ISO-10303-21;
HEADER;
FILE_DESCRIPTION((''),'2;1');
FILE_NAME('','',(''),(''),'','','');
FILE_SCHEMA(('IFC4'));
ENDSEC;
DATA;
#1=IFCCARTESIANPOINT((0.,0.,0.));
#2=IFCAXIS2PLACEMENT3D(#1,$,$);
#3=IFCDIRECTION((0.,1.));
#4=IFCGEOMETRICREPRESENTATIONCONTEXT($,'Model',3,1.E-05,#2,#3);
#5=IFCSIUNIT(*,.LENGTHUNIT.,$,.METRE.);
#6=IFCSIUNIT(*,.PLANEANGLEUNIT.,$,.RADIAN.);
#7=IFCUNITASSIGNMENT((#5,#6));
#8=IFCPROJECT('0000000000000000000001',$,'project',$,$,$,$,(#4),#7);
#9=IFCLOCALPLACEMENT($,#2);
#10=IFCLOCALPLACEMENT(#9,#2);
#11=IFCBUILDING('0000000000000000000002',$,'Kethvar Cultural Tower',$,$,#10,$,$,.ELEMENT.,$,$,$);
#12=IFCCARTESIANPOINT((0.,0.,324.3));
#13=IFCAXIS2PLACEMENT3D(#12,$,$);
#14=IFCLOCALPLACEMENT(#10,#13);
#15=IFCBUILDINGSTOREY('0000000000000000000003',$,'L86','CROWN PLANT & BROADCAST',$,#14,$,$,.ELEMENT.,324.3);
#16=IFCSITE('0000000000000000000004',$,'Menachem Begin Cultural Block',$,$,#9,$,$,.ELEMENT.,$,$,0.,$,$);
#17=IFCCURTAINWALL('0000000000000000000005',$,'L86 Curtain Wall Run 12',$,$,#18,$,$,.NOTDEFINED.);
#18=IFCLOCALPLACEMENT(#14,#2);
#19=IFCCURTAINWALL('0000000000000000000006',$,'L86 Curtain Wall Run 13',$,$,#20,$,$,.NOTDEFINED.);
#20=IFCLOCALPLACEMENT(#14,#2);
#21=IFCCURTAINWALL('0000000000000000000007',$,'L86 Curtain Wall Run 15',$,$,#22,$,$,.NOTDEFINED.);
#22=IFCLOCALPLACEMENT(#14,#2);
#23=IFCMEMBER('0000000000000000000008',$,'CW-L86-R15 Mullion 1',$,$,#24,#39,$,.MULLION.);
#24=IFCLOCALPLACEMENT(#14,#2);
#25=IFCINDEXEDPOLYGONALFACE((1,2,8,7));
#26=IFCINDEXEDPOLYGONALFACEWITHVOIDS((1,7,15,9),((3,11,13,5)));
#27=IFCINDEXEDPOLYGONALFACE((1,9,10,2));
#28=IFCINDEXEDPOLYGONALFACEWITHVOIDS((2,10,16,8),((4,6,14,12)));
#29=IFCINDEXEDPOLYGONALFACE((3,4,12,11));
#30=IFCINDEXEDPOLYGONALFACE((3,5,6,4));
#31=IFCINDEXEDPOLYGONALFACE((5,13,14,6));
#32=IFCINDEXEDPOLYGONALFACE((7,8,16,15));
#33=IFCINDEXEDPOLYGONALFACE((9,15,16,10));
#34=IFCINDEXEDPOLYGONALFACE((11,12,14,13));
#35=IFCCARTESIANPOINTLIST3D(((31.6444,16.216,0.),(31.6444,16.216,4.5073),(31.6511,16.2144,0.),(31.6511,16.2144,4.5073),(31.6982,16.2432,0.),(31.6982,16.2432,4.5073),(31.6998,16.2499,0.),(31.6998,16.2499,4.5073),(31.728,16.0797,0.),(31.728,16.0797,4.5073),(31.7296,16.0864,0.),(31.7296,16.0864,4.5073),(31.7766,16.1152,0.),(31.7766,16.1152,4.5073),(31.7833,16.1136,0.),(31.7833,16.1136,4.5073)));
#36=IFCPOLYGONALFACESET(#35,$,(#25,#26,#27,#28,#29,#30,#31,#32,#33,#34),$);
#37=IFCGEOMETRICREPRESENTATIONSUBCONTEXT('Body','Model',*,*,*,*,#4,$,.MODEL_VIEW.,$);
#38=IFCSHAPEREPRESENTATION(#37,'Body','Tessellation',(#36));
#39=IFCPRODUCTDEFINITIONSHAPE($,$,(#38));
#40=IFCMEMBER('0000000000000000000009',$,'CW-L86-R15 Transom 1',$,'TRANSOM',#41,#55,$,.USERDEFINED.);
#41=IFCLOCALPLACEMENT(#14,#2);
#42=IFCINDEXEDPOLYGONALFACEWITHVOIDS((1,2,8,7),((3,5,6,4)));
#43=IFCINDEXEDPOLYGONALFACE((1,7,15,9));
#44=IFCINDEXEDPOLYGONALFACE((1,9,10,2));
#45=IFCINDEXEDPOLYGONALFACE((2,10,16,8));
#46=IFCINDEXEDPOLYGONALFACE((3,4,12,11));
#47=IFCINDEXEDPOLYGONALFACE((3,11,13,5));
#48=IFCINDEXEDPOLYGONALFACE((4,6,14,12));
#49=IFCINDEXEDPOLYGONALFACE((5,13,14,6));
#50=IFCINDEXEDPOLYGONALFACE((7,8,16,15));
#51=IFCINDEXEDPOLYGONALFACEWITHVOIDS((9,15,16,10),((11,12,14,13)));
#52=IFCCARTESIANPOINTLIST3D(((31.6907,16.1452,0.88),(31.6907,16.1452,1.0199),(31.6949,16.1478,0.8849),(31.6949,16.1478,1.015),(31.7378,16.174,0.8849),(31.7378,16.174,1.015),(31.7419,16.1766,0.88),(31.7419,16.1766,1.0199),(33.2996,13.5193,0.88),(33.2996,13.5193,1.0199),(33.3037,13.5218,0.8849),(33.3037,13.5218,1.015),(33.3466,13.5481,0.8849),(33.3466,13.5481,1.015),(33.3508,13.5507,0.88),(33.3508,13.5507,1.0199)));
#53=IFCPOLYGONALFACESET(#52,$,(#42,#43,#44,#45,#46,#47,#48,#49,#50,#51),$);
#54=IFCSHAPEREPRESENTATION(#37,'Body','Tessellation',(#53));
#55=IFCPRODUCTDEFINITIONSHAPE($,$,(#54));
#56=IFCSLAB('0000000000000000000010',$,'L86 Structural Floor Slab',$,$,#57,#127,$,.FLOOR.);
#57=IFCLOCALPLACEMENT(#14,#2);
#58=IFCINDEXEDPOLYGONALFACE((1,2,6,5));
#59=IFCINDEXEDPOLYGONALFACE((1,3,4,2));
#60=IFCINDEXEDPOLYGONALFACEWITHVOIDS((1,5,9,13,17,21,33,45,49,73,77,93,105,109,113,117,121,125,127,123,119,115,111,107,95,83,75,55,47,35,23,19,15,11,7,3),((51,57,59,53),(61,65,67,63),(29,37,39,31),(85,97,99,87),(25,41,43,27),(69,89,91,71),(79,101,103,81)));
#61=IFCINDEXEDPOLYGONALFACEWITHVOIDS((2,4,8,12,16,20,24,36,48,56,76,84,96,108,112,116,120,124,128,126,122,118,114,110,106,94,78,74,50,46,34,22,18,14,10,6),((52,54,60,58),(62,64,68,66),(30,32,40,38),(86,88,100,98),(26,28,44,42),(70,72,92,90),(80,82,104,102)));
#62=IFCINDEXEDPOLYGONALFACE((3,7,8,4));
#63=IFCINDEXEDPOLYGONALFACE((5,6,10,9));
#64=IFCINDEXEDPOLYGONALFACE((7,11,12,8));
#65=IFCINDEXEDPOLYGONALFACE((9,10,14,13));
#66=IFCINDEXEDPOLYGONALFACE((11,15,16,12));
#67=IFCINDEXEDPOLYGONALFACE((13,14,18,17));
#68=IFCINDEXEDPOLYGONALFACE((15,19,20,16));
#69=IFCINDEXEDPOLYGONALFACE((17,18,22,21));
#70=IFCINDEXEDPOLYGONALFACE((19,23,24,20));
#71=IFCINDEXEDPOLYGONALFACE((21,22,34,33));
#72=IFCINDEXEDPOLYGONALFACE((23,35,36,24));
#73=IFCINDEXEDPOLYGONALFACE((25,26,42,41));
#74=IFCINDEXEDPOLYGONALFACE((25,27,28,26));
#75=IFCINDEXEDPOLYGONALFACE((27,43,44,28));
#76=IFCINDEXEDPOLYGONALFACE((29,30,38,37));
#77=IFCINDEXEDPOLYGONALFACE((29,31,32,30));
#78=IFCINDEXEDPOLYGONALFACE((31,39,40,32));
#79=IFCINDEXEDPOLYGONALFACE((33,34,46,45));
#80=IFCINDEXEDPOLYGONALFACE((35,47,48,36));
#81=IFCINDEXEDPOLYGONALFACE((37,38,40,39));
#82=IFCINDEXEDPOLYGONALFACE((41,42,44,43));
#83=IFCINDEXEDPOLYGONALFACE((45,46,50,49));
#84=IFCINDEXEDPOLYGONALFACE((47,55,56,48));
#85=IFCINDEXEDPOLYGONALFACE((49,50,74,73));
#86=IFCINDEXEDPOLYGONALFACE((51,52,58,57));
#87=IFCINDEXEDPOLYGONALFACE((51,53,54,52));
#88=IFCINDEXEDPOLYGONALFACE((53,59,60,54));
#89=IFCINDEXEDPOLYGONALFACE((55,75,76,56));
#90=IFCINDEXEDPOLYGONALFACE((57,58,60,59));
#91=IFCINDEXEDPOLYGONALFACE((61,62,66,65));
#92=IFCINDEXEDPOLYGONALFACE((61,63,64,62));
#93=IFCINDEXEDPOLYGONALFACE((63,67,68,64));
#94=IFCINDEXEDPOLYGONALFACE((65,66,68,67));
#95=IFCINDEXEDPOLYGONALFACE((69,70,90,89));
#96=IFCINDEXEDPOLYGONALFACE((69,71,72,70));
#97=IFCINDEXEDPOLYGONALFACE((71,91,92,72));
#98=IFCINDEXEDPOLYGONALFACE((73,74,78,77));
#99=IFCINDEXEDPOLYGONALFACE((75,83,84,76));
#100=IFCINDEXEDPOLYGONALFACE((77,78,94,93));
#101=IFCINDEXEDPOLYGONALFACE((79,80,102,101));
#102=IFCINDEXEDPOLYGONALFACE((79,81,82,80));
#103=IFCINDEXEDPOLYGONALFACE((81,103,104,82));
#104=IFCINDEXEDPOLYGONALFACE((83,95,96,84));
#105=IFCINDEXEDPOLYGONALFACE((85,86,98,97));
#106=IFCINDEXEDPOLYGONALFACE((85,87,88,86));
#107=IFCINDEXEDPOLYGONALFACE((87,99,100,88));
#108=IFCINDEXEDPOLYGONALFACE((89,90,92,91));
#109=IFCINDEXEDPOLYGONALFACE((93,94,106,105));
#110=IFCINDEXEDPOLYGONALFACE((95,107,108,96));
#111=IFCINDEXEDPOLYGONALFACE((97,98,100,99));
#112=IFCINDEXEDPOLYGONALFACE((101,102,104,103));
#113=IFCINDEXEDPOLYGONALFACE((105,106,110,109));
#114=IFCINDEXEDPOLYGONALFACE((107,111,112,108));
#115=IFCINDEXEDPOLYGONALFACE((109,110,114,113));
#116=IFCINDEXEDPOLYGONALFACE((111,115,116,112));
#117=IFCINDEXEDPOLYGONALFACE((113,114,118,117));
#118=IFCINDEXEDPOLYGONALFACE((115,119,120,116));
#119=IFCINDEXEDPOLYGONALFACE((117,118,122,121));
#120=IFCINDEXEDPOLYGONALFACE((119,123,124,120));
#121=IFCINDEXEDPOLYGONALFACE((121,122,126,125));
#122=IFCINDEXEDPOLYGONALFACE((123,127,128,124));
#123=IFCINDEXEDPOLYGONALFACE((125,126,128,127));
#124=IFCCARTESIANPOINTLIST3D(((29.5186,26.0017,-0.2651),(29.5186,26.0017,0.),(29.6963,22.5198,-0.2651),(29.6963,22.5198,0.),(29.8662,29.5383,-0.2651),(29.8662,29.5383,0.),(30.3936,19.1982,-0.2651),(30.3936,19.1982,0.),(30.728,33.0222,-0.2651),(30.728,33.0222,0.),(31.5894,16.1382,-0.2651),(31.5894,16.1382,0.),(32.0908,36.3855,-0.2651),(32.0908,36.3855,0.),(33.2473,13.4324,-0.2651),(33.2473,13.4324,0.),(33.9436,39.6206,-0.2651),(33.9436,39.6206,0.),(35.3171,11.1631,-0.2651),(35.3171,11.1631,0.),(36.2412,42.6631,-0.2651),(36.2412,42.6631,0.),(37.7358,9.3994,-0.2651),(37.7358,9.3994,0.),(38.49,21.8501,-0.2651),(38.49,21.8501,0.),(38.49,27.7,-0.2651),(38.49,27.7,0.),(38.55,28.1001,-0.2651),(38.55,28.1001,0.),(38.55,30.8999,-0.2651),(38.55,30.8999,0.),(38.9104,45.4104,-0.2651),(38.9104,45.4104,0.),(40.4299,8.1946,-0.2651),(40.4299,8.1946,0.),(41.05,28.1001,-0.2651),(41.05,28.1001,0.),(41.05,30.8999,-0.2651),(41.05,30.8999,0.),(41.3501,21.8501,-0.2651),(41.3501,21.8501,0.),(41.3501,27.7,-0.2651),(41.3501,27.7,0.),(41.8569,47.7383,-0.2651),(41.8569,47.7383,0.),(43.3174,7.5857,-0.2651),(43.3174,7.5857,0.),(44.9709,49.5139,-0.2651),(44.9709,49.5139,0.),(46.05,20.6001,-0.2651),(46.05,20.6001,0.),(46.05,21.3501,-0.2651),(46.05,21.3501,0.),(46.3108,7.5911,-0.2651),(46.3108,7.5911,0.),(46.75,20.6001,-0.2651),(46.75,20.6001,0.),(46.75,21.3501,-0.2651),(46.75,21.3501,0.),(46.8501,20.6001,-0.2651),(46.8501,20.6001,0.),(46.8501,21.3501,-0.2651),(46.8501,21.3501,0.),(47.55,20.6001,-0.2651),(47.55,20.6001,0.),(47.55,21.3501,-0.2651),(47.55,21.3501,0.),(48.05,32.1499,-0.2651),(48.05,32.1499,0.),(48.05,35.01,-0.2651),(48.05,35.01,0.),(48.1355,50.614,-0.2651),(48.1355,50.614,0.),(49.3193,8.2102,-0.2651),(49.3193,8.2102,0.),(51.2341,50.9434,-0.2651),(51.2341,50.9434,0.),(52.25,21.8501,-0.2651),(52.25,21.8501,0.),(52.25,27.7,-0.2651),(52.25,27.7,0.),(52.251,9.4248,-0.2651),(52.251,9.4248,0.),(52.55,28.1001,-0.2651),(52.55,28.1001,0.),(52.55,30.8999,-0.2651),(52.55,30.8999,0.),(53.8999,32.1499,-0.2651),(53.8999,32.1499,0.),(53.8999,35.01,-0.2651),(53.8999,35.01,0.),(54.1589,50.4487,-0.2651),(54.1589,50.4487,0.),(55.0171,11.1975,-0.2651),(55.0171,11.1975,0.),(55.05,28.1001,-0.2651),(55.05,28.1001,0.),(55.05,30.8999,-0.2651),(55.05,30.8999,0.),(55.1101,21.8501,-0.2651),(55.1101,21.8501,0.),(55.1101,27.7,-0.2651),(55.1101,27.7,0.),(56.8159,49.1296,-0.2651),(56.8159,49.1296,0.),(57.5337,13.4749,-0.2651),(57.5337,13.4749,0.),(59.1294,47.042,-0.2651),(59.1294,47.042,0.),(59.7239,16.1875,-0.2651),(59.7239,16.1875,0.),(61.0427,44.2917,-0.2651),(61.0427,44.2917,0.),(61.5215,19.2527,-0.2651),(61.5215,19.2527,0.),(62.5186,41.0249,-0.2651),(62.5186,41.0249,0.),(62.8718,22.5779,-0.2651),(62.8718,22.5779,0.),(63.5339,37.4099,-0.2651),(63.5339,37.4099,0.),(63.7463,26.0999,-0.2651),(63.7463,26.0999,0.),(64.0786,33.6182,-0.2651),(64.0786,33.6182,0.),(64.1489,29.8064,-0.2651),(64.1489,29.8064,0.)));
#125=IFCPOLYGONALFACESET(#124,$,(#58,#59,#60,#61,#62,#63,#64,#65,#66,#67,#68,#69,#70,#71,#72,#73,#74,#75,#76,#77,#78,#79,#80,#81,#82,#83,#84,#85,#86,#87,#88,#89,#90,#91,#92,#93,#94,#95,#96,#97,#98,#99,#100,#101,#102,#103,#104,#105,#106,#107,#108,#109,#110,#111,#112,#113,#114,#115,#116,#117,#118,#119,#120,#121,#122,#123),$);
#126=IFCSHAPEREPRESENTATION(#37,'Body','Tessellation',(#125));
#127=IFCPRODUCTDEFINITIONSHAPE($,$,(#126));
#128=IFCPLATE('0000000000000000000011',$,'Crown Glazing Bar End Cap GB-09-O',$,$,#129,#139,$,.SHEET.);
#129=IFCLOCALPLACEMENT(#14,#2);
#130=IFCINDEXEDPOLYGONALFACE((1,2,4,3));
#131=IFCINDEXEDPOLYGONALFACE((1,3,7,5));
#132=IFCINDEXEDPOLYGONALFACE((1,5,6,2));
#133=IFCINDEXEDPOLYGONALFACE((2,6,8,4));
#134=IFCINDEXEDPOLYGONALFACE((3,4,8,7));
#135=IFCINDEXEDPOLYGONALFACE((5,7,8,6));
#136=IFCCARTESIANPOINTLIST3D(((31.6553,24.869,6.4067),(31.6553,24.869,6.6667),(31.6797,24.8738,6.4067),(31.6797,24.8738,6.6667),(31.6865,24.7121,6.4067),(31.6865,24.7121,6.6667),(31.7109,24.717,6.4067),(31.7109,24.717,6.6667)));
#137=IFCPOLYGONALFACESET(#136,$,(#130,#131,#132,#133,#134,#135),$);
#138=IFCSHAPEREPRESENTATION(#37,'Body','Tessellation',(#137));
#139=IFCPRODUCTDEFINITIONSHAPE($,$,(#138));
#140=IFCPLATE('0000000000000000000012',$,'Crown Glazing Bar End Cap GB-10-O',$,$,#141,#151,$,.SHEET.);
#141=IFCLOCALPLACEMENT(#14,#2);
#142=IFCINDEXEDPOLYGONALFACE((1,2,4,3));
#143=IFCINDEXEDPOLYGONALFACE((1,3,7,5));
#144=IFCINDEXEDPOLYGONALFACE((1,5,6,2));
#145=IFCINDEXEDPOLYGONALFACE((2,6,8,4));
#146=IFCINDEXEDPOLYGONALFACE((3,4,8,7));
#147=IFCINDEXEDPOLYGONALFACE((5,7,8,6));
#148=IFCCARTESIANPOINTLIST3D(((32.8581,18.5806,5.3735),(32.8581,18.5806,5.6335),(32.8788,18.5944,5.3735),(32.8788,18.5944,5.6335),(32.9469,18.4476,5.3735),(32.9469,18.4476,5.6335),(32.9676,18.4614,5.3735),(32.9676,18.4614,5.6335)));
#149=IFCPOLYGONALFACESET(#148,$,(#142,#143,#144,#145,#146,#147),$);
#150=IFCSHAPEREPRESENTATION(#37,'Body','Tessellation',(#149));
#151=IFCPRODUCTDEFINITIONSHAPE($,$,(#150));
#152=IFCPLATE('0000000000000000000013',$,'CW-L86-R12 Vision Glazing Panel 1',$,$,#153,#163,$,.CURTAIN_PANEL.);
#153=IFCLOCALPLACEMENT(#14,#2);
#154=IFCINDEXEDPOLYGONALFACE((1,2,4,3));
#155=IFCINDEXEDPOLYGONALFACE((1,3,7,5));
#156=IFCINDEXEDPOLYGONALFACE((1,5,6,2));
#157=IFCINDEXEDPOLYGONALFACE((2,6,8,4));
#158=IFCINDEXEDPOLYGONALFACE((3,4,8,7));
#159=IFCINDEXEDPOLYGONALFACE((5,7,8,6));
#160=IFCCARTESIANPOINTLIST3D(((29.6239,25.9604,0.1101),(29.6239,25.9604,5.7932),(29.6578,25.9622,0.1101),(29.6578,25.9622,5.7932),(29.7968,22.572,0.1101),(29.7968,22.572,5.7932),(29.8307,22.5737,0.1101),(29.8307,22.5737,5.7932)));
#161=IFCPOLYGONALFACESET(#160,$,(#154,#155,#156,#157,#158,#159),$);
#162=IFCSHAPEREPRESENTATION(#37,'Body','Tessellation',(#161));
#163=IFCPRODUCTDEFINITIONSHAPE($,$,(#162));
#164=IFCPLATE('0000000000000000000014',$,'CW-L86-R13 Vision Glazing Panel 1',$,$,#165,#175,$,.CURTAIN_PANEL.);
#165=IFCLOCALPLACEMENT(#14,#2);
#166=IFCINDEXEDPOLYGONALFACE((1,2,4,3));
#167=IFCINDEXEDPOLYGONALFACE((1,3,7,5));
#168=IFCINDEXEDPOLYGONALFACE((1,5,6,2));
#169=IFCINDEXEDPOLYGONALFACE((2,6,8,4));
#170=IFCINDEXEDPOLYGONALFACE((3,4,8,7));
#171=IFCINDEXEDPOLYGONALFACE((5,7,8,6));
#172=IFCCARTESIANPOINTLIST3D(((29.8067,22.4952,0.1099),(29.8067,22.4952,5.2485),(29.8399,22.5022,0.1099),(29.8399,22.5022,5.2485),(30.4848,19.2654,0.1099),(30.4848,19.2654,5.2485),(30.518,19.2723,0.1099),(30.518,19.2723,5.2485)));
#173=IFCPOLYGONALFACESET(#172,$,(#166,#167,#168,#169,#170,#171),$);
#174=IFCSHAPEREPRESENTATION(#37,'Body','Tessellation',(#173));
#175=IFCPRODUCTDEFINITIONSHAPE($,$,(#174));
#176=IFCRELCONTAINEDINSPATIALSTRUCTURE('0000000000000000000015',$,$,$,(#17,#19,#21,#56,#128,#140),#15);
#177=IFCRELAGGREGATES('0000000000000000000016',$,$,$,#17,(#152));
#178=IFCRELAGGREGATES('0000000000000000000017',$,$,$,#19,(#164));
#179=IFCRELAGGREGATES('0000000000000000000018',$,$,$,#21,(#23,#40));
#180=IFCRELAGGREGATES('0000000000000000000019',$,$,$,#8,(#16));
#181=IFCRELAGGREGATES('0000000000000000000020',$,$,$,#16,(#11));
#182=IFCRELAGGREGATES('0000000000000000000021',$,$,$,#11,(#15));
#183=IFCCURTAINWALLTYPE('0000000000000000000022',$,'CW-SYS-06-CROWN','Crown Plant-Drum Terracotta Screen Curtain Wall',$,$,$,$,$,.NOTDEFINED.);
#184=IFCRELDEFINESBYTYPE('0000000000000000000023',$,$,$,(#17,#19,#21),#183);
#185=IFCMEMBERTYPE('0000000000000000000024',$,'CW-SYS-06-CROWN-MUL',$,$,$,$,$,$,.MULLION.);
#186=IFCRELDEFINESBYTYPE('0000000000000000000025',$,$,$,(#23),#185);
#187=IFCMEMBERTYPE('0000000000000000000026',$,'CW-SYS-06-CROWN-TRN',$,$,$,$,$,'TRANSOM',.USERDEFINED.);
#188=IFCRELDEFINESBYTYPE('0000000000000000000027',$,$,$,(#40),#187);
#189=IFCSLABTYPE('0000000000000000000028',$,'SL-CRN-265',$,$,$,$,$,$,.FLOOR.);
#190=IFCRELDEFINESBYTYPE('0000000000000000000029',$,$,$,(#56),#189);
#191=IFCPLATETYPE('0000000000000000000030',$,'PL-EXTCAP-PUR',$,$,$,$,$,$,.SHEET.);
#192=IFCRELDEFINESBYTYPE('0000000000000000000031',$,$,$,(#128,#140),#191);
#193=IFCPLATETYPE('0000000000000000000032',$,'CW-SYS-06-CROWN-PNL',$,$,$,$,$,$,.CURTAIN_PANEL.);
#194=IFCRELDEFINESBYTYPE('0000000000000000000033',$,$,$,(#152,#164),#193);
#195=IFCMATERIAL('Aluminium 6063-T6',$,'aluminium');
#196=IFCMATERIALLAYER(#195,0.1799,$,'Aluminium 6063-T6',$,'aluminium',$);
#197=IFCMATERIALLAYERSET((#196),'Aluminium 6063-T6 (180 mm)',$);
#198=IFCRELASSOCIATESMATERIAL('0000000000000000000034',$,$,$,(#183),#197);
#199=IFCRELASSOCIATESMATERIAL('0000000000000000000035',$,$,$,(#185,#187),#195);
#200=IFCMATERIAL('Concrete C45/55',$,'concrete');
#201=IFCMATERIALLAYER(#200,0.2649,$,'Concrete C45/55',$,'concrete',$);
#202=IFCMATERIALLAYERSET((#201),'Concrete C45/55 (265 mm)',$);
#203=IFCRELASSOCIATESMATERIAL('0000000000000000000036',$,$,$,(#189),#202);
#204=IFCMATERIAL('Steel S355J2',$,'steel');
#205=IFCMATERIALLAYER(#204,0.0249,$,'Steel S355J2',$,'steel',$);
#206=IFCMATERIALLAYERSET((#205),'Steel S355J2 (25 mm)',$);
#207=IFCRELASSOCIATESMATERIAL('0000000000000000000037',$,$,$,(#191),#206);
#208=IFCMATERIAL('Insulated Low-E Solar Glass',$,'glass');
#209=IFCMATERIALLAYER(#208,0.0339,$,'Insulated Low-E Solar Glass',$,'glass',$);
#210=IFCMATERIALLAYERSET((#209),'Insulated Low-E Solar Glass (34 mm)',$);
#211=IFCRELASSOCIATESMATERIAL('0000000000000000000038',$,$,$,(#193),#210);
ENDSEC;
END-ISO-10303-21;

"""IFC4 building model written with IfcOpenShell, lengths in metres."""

from ifc_helpers import new_model, si_unit, direction, frame, origin, origin_2d, place, context, subcontext, project, spatial, polyline, rectangle, hollow_rectangle, outline, extrude, source, transform, mapped, material, layer, layer_set, material_profile, profile_set, type_object, element, aggregate, save


model = new_model("IFC4")

# Units and contexts
model_context = context("Model", 3, precision=1e-05, world=origin(), true_north=direction((0.0, 1.0)))
body_context = subcontext(model_context, "Body", "Model", "MODEL_VIEW")
ifc_project = project(units=[si_unit("LENGTHUNIT", "METRE"), si_unit("PLANEANGLEUNIT", "RADIAN")], contexts=[model_context])

# Site, building, storey
site_placement = place(None, origin())
site = spatial("IfcSite", under=ifc_project, at=site_placement, Name="Menachem Begin Cultural Block", CompositionType="ELEMENT", RefElevation=0.0)
building_placement = place(site_placement, origin())
building = spatial("IfcBuilding", under=site, at=building_placement, Name="Kethvar Cultural Tower", CompositionType="ELEMENT")
storey_placement = place(building_placement, frame((0.0, 0.0, 324.3)))
storey = spatial("IfcBuildingStorey", under=building, at=storey_placement, Name="L86", Description="CROWN PLANT & BROADCAST", CompositionType="ELEMENT", Elevation=324.3)

# Shared definitions
ifc_material_1 = material(Name="Steel S355J2", Category="steel")

# Shared definitions
ifc_material_2 = material(Name="Aluminium 6063-T6", Category="aluminium")
ifc_layer_1 = layer(ifc_material_2, 0.1799, Name="Aluminium 6063-T6", Category="aluminium")
ifc_layer_set_1 = layer_set([ifc_layer_1], Name="Aluminium 6063-T6 (180 mm)")
curtain_wall_type = type_object("IfcCurtainWallType", Name="CW-SYS-06-CROWN", Description="Crown Plant-Drum Terracotta Screen Curtain Wall", PredefinedType="NOTDEFINED", material=ifc_layer_set_1)
ifc_material_profile_1 = material_profile(ifc_material_2, hollow_rectangle(XDim=0.0649, YDim=0.1599, WallThickness=0.0049, at=origin_2d()), Name="Aluminium 6063-T6 — RHS160x65x5")
ifc_profile_set_1 = profile_set([ifc_material_profile_1], Name="Aluminium 6063-T6 — RHS160x65x5")
member_type_1 = type_object("IfcMemberType", Name="CW-SYS-06-CROWN-MUL", PredefinedType="MULLION", material=ifc_profile_set_1)

# Curtain walls, members
curtain_wall_1_placement = place(storey_placement, origin())
curtain_wall_1 = element("IfcCurtainWall", 1, at=curtain_wall_1_placement, inside=storey, type_object=curtain_wall_type, Name="L86 Curtain Wall Run 12", PredefinedType="NOTDEFINED")
ifc_material_profile_2 = material_profile(ifc_material_2, hollow_rectangle(XDim=0.0601, YDim=0.1399, WallThickness=0.0049, at=origin_2d()), Name="Aluminium 6063-T6 — RHS140x60x5")
ifc_profile_set_2 = profile_set([ifc_material_profile_2], Name="Aluminium 6063-T6 — RHS140x60x5")
member_type_2 = type_object("IfcMemberType", Name="CW-SYS-06-CROWN-TRN", ElementType="TRANSOM", PredefinedType="USERDEFINED", material=ifc_profile_set_2)
curtain_wall_2_placement = place(storey_placement, origin())
curtain_wall_2 = element("IfcCurtainWall", 2, at=curtain_wall_2_placement, inside=storey, type_object=curtain_wall_type, Name="L86 Curtain Wall Run 13", PredefinedType="NOTDEFINED")
curtain_wall_3_placement = place(storey_placement, origin())
curtain_wall_3 = element("IfcCurtainWall", 3, at=curtain_wall_3_placement, inside=storey, type_object=curtain_wall_type, Name="L86 Curtain Wall Run 15", PredefinedType="NOTDEFINED")
shared_shape_1 = source(origin(), body_context, "Body", "SweptSolid", [
    extrude(hollow_rectangle(XDim=0.0649, YDim=0.1599, WallThickness=0.0049, at=origin_2d()), origin(), (0.0, 0.0, 1.0), 4.5073),
])
member_1_placement = place(storey_placement, frame((31.7139, 16.1648, 0.0), z_axis=(0.0, 0.0, 1.0), x_axis=(0.852668, 0.522454, 0.0)))
member_1 = element("IfcMember", 4, at=member_1_placement, type_object=member_type_1, Name="CW-L86-R15 Mullion 1", PredefinedType="MULLION", context=body_context, shape_type="MappedRepresentation", body=[
    mapped(shared_shape_1, transform((0.0, 0.0, 0.0), scale=1.0)),
])
shared_shape_2 = source(origin(), body_context, "Body", "SweptSolid", [
    extrude(hollow_rectangle(XDim=0.0601, YDim=0.1399, WallThickness=0.0049, at=origin_2d()), origin(), (0.0, 0.0, 1.0), 3.0796),
])
member_2_placement = place(storey_placement, frame((31.7163, 16.1609, 0.95), z_axis=(0.522424, -0.852686, 0.0), x_axis=(0.852686, 0.522424, 0.0)))
member_2 = element("IfcMember", 5, at=member_2_placement, type_object=member_type_2, Name="CW-L86-R15 Transom 1", ObjectType="TRANSOM", PredefinedType="USERDEFINED", context=body_context, shape_type="MappedRepresentation", body=[
    mapped(shared_shape_2, transform((0.0, 0.0, 0.0), scale=1.0)),
])

# Slab
ifc_material_3 = material(Name="Concrete C45/55", Category="concrete")
ifc_layer_2 = layer(ifc_material_3, 0.2649, Name="Concrete C45/55", Category="concrete")
ifc_layer_set_2 = layer_set([ifc_layer_2], Name="Concrete C45/55 (265 mm)")
slab_type = type_object("IfcSlabType", Name="SL-CRN-265", PredefinedType="FLOOR", material=ifc_layer_set_2)
slab_placement = place(storey_placement, frame((0.0, 0.0, -0.2651)))
element("IfcSlab", 6, at=slab_placement, inside=storey, type_object=slab_type, Name="L86 Structural Floor Slab", PredefinedType="FLOOR", context=body_context, shape_type="SweptSolid", body=[
    extrude(outline(polyline([(54.1589, 50.4487), (51.2341, 50.9434), (48.1355, 50.614), (44.9709, 49.5139), (41.8569, 47.7383), (38.9104, 45.4104), (36.2412, 42.6631), (33.9436, 39.6206), (32.0908, 36.3855), (30.728, 33.0222), (29.8662, 29.5383), (29.5186, 26.0017), (29.6963, 22.5198), (30.3936, 19.1982), (31.5894, 16.1382), (33.2473, 13.4324), (35.3171, 11.1631), (37.7358, 9.3994), (40.4299, 8.1946), (43.3174, 7.5857), (46.3108, 7.5911), (49.3193, 8.2102), (52.251, 9.4248), (55.0171, 11.1975), (57.5337, 13.4749), (59.7239, 16.1875), (61.5215, 19.2527), (62.8718, 22.5779), (63.7463, 26.0999), (64.1489, 29.8064), (64.0786, 33.6182), (63.5339, 37.4099), (62.5186, 41.0249), (61.0427, 44.2917), (59.1294, 47.042), (56.8159, 49.1296), (54.1589, 50.4487)]), holes=[polyline([(38.49, 21.8501), (38.49, 27.7), (41.3501, 27.7), (41.3501, 21.8501), (38.49, 21.8501)]), polyline([(52.25, 21.8501), (52.25, 27.7), (55.1101, 27.7), (55.1101, 21.8501), (52.25, 21.8501)]), polyline([(53.8999, 32.1499), (48.05, 32.1499), (48.05, 35.01), (53.8999, 35.01), (53.8999, 32.1499)]), polyline([(38.55, 30.8999), (41.05, 30.8999), (41.05, 28.1001), (38.55, 28.1001), (38.55, 30.8999)]), polyline([(52.55, 30.8999), (55.05, 30.8999), (55.05, 28.1001), (52.55, 28.1001), (52.55, 30.8999)]), polyline([(46.05, 21.3501), (46.75, 21.3501), (46.75, 20.6001), (46.05, 20.6001), (46.05, 21.3501)]), polyline([(46.8501, 21.3501), (47.55, 21.3501), (47.55, 20.6001), (46.8501, 20.6001), (46.8501, 21.3501)])]), origin(), (0.0, 0.0, 1.0), 0.2651),
])

# Plates
ifc_layer_3 = layer(ifc_material_1, 0.0249, Name="Steel S355J2", Category="steel")
ifc_layer_set_3 = layer_set([ifc_layer_3], Name="Steel S355J2 (25 mm)")
plate_type_1 = type_object("IfcPlateType", Name="PL-EXTCAP-PUR", PredefinedType="SHEET", material=ifc_layer_set_3)
shared_shape_3 = source(origin(), body_context, "Body", "SweptSolid", [
    extrude(rectangle(XDim=0.0249, YDim=0.1599, at=origin_2d()), origin(), (0.0, 0.0, 1.0), 0.26),
])
for number, where, z_axis, x_axis, name in (
    (7, (31.6831, 24.793, 6.4067), (0.0, 0.0, 1.0), (-0.980785, -0.19509, 0.0), "Crown Glazing Bar End Cap GB-09-O"),
    (8, (32.9128, 18.521, 5.3735), (0.0, 0.0, 1.0), (-0.83147, -0.55557, 0.0), "Crown Glazing Bar End Cap GB-10-O"),
):
    element("IfcPlate", number, at=place(storey_placement, frame(where, z_axis=z_axis, x_axis=x_axis)), inside=storey, type_object=plate_type_1, Name=name, PredefinedType="SHEET", context=body_context, shape_type="MappedRepresentation", body=[
        mapped(shared_shape_3, transform((0.0, 0.0, 0.0), scale=1.0)),
    ])

# Plates
ifc_material_4 = material(Name="Insulated Low-E Solar Glass", Category="glass")
ifc_layer_4 = layer(ifc_material_4, 0.0339, Name="Insulated Low-E Solar Glass", Category="glass")
ifc_layer_set_4 = layer_set([ifc_layer_4], Name="Insulated Low-E Solar Glass (34 mm)")
plate_type_2 = type_object("IfcPlateType", Name="CW-SYS-06-CROWN-PNL", PredefinedType="CURTAIN_PANEL", material=ifc_layer_set_4)
shared_shape_4 = source(origin(), body_context, "Body", "SweptSolid", [
    extrude(rectangle(XDim=3.3928, YDim=0.0339, at=origin_2d()), origin(), (0.0, 0.0, 1.0), 5.6831),
])
plate_1_placement = place(storey_placement, frame((29.7273, 24.2671, 0.1101), z_axis=(0.0, 0.0, 1.0), x_axis=(0.050959, -0.998701, 0.0)))
plate_1 = element("IfcPlate", 9, at=plate_1_placement, type_object=plate_type_2, Name="CW-L86-R12 Vision Glazing Panel 1", PredefinedType="CURTAIN_PANEL", context=body_context, shape_type="MappedRepresentation", body=[
    mapped(shared_shape_4, transform((0.0, 0.0, 0.0), scale=1.0)),
])
aggregate(curtain_wall_1, [plate_1])
shared_shape_5 = source(origin(), body_context, "Body", "SweptSolid", [
    extrude(rectangle(XDim=3.3003, YDim=0.0339, at=origin_2d()), origin(), (0.0, 0.0, 1.0), 5.1387),
])
plate_2_placement = place(storey_placement, frame((30.1624, 20.8838, 0.1099), z_axis=(0.0, 0.0, 1.0), x_axis=(0.205453, -0.978667, 0.0)))
plate_2 = element("IfcPlate", 10, at=plate_2_placement, type_object=plate_type_2, Name="CW-L86-R13 Vision Glazing Panel 1", PredefinedType="CURTAIN_PANEL", context=body_context, shape_type="MappedRepresentation", body=[
    mapped(shared_shape_5, transform((0.0, 0.0, 0.0), scale=1.0)),
])
aggregate(curtain_wall_2, [plate_2])
aggregate(curtain_wall_3, [member_1, member_2])

save(model, "model.ifc")
